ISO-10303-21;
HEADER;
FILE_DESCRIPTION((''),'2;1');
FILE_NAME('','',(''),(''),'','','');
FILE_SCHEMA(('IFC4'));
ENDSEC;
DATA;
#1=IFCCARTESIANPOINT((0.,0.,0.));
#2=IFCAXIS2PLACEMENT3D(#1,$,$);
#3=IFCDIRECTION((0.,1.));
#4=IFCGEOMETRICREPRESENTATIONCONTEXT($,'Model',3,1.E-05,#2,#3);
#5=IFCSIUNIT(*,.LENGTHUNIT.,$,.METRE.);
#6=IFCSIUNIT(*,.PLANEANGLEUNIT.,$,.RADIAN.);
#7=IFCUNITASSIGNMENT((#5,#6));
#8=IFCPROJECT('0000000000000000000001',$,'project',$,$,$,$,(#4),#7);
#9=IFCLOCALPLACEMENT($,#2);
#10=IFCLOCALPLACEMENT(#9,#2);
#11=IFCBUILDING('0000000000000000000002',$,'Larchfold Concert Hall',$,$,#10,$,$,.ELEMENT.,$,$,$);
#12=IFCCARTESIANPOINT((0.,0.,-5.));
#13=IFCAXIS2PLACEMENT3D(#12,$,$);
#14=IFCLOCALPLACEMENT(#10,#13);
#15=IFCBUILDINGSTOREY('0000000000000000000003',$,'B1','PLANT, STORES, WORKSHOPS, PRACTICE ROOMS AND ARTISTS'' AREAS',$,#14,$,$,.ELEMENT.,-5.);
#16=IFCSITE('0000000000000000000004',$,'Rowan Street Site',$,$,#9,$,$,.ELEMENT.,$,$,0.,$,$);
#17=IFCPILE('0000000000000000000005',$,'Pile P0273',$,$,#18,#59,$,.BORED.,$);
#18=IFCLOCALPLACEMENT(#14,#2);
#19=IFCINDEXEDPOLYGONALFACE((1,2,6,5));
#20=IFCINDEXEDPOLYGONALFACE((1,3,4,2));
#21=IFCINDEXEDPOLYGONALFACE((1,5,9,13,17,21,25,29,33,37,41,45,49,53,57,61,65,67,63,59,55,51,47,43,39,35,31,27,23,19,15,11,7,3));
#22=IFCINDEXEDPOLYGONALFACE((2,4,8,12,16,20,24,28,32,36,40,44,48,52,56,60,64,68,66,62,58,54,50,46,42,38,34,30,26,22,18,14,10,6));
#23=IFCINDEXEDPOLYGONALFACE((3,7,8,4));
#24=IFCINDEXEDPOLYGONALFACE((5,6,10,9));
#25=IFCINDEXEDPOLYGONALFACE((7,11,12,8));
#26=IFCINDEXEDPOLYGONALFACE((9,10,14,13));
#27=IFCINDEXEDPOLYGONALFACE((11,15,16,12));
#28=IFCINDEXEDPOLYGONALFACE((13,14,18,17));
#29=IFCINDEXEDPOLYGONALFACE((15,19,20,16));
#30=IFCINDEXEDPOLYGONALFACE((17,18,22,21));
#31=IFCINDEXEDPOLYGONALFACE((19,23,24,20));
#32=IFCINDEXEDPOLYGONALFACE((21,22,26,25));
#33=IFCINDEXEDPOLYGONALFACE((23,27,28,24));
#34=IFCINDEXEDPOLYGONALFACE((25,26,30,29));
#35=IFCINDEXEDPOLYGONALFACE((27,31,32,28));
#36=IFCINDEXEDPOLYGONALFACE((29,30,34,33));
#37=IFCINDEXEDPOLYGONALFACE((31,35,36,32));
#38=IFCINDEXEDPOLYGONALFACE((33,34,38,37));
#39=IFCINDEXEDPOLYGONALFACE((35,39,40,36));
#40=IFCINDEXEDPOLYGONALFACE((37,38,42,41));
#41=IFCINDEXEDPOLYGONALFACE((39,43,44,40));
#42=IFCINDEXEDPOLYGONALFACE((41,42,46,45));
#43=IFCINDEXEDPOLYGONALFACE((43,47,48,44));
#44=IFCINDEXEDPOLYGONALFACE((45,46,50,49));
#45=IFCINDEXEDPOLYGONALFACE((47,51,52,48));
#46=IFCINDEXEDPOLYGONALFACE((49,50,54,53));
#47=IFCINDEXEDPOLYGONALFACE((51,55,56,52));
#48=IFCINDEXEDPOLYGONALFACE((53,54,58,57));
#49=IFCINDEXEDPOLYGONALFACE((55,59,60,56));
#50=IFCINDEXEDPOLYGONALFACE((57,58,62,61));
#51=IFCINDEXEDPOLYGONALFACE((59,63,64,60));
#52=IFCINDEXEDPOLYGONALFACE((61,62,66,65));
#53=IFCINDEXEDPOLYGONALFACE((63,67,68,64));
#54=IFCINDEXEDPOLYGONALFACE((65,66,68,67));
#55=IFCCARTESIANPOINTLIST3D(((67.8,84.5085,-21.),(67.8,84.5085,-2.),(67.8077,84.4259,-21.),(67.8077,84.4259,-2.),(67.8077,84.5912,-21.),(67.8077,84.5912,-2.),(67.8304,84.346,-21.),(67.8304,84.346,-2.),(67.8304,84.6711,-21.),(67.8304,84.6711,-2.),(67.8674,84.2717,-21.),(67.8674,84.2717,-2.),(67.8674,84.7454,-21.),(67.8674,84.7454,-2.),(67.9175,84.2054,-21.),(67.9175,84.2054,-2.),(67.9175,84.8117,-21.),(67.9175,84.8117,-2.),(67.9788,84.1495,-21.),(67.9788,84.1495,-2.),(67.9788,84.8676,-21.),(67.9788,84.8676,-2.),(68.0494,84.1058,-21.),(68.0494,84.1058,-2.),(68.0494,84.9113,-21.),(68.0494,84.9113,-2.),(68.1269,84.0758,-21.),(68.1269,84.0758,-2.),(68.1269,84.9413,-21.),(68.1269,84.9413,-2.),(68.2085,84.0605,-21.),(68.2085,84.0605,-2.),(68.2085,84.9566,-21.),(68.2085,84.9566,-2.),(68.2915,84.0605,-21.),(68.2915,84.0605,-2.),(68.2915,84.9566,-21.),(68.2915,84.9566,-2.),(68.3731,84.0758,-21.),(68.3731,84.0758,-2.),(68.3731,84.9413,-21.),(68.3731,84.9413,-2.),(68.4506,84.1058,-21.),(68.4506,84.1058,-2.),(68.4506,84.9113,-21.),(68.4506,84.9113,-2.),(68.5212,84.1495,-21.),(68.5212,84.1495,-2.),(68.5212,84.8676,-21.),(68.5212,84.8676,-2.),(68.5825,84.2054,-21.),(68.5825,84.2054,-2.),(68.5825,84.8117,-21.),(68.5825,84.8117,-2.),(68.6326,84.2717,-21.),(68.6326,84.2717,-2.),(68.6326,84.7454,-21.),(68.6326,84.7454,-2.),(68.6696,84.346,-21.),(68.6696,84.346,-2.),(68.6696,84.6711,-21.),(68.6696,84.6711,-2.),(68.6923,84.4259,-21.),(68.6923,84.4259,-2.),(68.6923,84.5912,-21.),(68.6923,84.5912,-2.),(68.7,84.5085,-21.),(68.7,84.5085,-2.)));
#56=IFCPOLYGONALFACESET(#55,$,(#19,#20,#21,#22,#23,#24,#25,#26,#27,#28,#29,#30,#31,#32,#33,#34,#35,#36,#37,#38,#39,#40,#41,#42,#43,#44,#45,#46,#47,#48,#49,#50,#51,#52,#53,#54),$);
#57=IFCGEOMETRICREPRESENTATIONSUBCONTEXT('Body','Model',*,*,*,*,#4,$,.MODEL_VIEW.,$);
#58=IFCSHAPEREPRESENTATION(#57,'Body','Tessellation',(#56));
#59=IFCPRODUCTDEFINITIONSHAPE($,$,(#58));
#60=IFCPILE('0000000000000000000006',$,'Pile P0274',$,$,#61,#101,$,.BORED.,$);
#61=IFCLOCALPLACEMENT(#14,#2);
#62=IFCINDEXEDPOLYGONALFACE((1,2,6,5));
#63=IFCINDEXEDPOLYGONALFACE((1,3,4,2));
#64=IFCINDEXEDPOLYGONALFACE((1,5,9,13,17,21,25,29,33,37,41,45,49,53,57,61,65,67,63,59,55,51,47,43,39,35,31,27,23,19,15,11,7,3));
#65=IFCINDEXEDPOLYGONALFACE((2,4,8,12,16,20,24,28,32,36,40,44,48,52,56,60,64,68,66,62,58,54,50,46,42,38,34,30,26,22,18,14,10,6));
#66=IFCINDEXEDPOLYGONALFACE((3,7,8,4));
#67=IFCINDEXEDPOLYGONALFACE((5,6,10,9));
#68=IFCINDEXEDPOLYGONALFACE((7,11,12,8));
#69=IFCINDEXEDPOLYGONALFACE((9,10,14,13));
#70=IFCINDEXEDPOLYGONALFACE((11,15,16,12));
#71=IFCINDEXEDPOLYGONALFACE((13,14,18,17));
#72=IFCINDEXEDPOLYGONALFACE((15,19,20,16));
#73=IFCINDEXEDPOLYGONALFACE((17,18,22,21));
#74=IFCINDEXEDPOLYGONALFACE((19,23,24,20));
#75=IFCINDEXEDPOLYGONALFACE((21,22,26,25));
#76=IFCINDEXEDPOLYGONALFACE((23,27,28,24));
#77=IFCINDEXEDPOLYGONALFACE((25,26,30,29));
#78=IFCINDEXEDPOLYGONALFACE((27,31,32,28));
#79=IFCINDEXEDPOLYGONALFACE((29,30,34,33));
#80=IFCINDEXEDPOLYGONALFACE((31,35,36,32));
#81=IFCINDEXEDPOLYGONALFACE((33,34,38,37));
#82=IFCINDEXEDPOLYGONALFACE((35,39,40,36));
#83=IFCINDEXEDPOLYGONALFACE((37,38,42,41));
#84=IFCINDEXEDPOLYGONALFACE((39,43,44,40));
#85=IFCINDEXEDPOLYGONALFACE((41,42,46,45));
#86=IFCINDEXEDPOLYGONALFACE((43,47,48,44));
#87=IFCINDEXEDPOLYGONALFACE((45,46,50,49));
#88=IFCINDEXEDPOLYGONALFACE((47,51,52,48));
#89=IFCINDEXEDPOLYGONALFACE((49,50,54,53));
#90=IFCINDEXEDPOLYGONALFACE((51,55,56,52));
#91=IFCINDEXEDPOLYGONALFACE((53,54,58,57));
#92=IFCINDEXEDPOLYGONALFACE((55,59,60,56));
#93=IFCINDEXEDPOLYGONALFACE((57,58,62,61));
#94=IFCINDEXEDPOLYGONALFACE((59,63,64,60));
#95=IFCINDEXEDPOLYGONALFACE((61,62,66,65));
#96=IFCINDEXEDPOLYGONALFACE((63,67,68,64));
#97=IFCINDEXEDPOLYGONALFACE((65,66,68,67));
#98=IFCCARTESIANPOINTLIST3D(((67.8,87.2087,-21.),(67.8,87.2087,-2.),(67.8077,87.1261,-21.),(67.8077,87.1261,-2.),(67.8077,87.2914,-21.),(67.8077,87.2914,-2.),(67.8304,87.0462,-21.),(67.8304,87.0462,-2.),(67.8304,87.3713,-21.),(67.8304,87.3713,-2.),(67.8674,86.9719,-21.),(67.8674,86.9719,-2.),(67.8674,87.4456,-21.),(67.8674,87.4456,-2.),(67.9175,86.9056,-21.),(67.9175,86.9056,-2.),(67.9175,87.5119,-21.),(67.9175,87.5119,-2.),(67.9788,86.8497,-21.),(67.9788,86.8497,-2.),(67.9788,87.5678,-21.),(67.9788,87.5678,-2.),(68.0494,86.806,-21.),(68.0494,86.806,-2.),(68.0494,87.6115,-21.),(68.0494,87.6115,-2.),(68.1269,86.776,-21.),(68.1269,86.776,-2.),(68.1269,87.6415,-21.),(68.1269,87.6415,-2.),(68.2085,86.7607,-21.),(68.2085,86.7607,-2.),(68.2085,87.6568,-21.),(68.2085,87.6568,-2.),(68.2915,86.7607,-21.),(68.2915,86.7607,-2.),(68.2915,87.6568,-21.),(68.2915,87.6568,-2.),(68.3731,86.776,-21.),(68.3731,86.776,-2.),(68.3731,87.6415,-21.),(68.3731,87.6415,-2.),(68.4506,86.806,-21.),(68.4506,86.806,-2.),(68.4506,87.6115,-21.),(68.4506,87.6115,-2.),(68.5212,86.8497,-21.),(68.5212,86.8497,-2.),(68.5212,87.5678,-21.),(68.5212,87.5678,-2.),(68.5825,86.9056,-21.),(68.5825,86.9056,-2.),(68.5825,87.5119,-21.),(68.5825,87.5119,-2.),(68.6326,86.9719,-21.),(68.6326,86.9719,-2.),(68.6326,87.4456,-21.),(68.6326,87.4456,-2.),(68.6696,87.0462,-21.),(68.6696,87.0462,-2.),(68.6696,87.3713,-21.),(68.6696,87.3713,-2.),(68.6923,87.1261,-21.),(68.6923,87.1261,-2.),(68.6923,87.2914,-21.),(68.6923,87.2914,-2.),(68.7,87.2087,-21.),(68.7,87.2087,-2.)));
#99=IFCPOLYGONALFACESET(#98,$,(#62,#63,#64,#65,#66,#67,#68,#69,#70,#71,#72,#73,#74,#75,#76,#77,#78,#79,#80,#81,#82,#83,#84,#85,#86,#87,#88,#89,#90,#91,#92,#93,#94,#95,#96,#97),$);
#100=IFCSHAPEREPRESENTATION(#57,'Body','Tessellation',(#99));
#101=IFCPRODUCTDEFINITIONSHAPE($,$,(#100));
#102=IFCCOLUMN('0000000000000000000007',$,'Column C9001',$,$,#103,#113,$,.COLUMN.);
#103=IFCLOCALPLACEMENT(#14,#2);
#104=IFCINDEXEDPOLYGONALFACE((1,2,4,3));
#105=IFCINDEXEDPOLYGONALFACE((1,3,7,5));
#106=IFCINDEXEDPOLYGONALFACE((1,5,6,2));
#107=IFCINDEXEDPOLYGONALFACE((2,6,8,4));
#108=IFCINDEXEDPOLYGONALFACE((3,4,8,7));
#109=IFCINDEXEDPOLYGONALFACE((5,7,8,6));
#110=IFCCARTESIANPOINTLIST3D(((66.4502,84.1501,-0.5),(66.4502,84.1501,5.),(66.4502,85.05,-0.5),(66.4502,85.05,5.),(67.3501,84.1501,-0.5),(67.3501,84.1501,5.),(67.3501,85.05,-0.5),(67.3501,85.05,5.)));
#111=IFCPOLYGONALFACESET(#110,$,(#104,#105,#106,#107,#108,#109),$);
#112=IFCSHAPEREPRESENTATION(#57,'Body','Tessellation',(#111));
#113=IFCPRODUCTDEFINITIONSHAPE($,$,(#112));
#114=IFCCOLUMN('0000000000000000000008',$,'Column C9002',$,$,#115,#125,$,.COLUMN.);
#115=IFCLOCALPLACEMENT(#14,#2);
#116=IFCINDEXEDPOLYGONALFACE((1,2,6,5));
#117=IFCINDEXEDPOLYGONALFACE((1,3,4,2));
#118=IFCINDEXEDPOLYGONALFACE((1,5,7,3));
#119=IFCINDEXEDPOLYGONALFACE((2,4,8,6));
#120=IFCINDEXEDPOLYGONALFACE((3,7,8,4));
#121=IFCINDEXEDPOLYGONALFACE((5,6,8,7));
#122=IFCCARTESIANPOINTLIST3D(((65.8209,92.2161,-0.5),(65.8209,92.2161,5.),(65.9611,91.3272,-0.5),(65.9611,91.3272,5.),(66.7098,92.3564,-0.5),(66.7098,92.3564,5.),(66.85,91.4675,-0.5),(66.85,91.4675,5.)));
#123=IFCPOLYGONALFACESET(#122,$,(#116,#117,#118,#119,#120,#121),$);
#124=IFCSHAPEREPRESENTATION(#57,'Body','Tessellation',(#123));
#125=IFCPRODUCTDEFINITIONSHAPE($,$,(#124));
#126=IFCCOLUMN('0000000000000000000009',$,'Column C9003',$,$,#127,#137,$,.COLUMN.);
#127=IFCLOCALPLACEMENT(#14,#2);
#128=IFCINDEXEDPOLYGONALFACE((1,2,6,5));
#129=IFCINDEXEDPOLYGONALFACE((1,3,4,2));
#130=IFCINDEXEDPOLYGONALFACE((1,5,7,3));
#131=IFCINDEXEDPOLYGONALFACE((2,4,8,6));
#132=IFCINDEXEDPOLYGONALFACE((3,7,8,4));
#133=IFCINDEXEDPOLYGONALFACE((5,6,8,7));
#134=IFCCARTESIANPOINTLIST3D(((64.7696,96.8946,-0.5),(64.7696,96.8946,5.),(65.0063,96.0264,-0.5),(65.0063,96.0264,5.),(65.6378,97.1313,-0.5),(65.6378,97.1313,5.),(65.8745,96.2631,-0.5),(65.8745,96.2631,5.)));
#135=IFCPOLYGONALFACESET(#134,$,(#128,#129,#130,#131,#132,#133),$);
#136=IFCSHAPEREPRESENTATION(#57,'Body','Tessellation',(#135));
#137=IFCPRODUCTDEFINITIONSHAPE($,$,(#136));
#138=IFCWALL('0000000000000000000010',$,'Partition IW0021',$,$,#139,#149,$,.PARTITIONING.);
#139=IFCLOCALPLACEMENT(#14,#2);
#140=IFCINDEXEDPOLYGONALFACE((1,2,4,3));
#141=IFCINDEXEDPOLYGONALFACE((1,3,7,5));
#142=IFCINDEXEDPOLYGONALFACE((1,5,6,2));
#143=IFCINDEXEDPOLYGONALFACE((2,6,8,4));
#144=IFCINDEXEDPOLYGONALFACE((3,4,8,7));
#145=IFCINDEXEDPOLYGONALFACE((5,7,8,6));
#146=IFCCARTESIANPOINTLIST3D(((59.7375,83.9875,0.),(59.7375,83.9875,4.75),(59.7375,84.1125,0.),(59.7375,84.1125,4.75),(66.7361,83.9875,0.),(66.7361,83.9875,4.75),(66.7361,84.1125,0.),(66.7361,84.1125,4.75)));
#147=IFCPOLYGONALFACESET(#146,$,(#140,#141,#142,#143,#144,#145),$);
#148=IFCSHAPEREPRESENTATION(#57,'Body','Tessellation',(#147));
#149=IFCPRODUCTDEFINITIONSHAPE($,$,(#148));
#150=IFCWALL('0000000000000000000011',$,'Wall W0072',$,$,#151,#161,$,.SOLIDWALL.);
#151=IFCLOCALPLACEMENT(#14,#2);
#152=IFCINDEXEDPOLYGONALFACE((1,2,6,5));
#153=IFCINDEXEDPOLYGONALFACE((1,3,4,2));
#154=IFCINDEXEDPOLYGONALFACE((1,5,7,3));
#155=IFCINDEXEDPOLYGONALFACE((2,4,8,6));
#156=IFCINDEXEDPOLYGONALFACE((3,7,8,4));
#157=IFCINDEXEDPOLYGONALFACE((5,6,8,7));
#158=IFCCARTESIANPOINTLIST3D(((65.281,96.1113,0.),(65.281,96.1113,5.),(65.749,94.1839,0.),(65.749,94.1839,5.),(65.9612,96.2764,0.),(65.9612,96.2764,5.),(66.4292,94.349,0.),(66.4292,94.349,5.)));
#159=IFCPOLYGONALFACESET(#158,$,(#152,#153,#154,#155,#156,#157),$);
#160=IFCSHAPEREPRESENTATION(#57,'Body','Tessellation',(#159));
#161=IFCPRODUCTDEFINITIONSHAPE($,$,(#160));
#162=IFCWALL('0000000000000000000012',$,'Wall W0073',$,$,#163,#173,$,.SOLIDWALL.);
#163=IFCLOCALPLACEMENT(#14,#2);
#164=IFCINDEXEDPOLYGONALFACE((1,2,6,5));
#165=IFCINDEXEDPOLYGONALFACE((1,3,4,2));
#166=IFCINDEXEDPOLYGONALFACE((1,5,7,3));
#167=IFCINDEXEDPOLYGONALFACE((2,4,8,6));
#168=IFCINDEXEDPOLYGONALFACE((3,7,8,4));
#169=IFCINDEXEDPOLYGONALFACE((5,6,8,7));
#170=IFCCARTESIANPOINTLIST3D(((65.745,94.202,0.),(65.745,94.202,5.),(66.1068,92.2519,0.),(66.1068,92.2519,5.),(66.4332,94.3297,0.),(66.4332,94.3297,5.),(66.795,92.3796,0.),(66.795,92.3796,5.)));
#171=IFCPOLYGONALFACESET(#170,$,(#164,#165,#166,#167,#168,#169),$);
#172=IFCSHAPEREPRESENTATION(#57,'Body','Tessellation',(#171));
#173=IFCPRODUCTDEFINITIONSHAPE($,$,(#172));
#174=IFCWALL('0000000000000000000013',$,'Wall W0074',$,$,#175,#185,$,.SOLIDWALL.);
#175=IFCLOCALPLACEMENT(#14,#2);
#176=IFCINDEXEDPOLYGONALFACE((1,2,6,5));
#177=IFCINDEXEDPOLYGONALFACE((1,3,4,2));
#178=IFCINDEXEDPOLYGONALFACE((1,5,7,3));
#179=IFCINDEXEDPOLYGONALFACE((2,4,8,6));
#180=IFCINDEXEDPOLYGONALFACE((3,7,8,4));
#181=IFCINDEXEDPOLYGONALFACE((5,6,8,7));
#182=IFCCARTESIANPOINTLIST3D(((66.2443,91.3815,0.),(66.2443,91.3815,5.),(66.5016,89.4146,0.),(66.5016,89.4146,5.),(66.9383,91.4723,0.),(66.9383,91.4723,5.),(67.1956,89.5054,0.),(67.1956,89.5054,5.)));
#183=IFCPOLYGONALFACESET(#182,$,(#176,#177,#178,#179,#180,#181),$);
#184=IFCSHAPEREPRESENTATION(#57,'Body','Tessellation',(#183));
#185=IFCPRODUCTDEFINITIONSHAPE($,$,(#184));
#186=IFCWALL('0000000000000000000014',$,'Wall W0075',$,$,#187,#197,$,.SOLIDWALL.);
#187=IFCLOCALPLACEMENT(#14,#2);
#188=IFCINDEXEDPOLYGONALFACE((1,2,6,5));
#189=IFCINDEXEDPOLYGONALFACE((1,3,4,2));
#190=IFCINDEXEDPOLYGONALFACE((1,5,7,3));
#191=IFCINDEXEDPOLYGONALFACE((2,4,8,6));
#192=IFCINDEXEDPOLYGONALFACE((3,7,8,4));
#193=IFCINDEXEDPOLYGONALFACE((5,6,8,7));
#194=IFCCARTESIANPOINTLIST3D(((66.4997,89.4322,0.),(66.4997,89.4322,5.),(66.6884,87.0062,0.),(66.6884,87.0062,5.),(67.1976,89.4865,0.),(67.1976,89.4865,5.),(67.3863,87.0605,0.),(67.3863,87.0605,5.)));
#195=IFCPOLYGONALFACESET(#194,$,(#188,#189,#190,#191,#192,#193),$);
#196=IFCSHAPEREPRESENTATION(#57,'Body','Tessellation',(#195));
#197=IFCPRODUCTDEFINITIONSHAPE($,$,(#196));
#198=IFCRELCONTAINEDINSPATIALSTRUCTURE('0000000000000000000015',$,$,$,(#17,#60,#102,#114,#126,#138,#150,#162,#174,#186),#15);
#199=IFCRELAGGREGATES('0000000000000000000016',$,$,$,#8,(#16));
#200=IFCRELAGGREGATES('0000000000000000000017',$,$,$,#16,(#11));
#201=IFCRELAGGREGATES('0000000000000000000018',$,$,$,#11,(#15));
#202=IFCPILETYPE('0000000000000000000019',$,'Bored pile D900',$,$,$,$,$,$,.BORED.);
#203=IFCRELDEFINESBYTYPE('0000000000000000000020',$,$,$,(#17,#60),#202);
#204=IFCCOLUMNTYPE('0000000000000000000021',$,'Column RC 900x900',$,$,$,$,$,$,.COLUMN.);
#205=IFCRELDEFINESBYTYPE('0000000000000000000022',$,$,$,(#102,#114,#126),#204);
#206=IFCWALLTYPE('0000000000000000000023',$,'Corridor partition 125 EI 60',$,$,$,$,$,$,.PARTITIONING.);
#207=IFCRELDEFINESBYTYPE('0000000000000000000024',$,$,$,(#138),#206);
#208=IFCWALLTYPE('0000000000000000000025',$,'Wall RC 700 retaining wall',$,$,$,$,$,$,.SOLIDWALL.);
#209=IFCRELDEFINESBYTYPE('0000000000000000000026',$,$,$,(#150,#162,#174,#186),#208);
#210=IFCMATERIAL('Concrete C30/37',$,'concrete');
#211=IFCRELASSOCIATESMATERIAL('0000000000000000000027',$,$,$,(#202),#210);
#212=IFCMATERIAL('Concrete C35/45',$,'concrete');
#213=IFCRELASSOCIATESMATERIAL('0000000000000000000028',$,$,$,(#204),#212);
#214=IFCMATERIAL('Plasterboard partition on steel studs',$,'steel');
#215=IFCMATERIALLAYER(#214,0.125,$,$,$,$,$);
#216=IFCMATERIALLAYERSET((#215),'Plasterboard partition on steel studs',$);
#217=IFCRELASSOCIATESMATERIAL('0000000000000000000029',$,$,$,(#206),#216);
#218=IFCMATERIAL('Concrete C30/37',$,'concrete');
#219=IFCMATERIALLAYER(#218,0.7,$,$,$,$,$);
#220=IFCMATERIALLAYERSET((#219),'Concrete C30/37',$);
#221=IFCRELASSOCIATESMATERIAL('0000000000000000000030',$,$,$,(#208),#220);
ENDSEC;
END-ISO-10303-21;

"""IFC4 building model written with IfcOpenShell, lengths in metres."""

from ifc_helpers import new_model, si_unit, direction, frame, frame_2d, origin, origin_2d, place, context, subcontext, project, spatial, rectangle, circle, extrude, material, layer, layer_set, material_profile, profile_set, type_object, element, save


model = new_model("IFC4")

# Units and contexts
model_context = context("Model", 3, precision=1e-05, world=origin(), true_north=direction((0.0, 1.0)))
body_context = subcontext(model_context, "Body", "Model", "MODEL_VIEW")
ifc_project = project(units=[si_unit("LENGTHUNIT", "METRE"), si_unit("PLANEANGLEUNIT", "RADIAN")], contexts=[model_context])

# Site, building, storey
site_placement = place(None, origin())
site = spatial("IfcSite", under=ifc_project, at=site_placement, Name="Rowan Street Site", CompositionType="ELEMENT", RefElevation=0.0)
building_placement = place(site_placement, origin())
building = spatial("IfcBuilding", under=site, at=building_placement, Name="Larchfold Concert Hall", CompositionType="ELEMENT")
storey_placement = place(building_placement, frame((0.0, 0.0, -5.0)))
storey = spatial("IfcBuildingStorey", under=building, at=storey_placement, Name="B1", Description="PLANT, STORES, WORKSHOPS, PRACTICE ROOMS AND ARTISTS' AREAS", CompositionType="ELEMENT", Elevation=-5.0)

# Piles
ifc_material_1 = material(Name="Concrete C30/37", Category="concrete")
ifc_material_profile_1 = material_profile(ifc_material_1, circle(Radius=0.45, at=origin_2d()))
ifc_profile_set_1 = profile_set([ifc_material_profile_1], Name="Concrete C30/37")
pile_type = type_object("IfcPileType", Name="Bored pile D900", PredefinedType="BORED", material=ifc_profile_set_1)
for number, where, z_axis, x_axis, name in (
    (1, (68.25, 84.5085, -2.0), (0.0, 0.0, -1.0), (1.0, 0.0, 0.0), "Pile P0273"),
    (2, (68.25, 87.2087, -2.0), (0.0, 0.0, -1.0), (1.0, 0.0, 0.0), "Pile P0274"),
):
    element("IfcPile", number, at=place(storey_placement, frame(where, z_axis=z_axis, x_axis=x_axis)), inside=storey, type_object=pile_type, Name=name, PredefinedType="BORED", context=body_context, shape_type="SweptSolid", body=[
        extrude(circle(Radius=0.45, at=origin_2d()), origin(), (0.0, 0.0, 1.0), 19.0),
    ])

# Columns
ifc_material_2 = material(Name="Concrete C35/45", Category="concrete")
ifc_material_profile_2 = material_profile(ifc_material_2, rectangle(XDim=0.8999, YDim=0.8999, at=origin_2d()))
ifc_profile_set_2 = profile_set([ifc_material_profile_2], Name="Concrete C35/45")
column_type = type_object("IfcColumnType", Name="Column RC 900x900", PredefinedType="COLUMN", material=ifc_profile_set_2)
for number, where, z_axis, x_axis, name in (
    (3, (66.9001, 84.6001, -0.5), (0.0, 0.0, 1.0), (1.0, 0.000002, 0.0), "Column C9001"),
    (4, (66.3354, 91.8418, -0.5), (0.0, 0.0, 1.0), (0.987778, 0.155867, 0.0), "Column C9002"),
    (5, (65.322, 96.5789, -0.5), (0.0, 0.0, 1.0), (0.964788, 0.263028, 0.0), "Column C9003"),
):
    element("IfcColumn", number, at=place(storey_placement, frame(where, z_axis=z_axis, x_axis=x_axis)), inside=storey, type_object=column_type, Name=name, PredefinedType="COLUMN", context=body_context, shape_type="SweptSolid", body=[
        extrude(rectangle(XDim=0.8999, YDim=0.8999, at=origin_2d()), origin(), (0.0, 0.0, 1.0), 5.5),
    ])

# Walls
ifc_material_3 = material(Name="Plasterboard partition on steel studs", Category="steel")
ifc_layer_1 = layer(ifc_material_3, 0.125)
ifc_layer_set_1 = layer_set([ifc_layer_1], Name="Plasterboard partition on steel studs")
wall_type_1 = type_object("IfcWallType", Name="Corridor partition 125 EI 60", PredefinedType="PARTITIONING", material=ifc_layer_set_1)
wall_1_placement = place(storey_placement, frame((66.7361, 84.05, 0.0), z_axis=(0.0, 0.0, 1.0), x_axis=(-1.0, 0.0, 0.0)))
element("IfcWall", 6, at=wall_1_placement, inside=storey, type_object=wall_type_1, Name="Partition IW0021", PredefinedType="PARTITIONING", context=body_context, shape_type="SweptSolid", body=[
    extrude(rectangle(XDim=6.9985, YDim=0.125, at=frame_2d((3.4993, 0.0))), origin(), (0.0, 0.0, 1.0), 4.75),
])
ifc_material_4 = material(Name="Concrete C30/37", Category="concrete")
ifc_layer_2 = layer(ifc_material_4, 0.7)
ifc_layer_set_2 = layer_set([ifc_layer_2], Name="Concrete C30/37")
wall_type_2 = type_object("IfcWallType", Name="Wall RC 700 retaining wall", PredefinedType="SOLIDWALL", material=ifc_layer_set_2)
for number, where, z_axis, x_axis, name in (
    (7, (65.6211, 96.1938, 0.0), (0.0, 0.0, 1.0), (0.235956, -0.971764, 0.0), "Wall W0072"),
    (8, (66.0891, 94.2659, 0.0), (0.0, 0.0, 1.0), (0.182415, -0.983222, 0.0), "Wall W0073"),
):
    element("IfcWall", number, at=place(storey_placement, frame(where, z_axis=z_axis, x_axis=x_axis)), inside=storey, type_object=wall_type_2, Name=name, PredefinedType="SOLIDWALL", context=body_context, shape_type="SweptSolid", body=[
        extrude(rectangle(XDim=1.9834, YDim=0.7, at=frame_2d((0.9917, 0.0))), origin(), (0.0, 0.0, 1.0), 5.0),
    ])
wall_2_placement = place(storey_placement, frame((66.5913, 91.4268, 0.0), z_axis=(0.0, 0.0, 1.0), x_axis=(0.129729, -0.99155, 0.0)))
element("IfcWall", 9, at=wall_2_placement, inside=storey, type_object=wall_type_2, Name="Wall W0074", PredefinedType="SOLIDWALL", context=body_context, shape_type="SweptSolid", body=[
    extrude(rectangle(XDim=1.9836, YDim=0.7, at=frame_2d((0.9917, 0.0))), origin(), (0.0, 0.0, 1.0), 5.0),
])
wall_3_placement = place(storey_placement, frame((66.8486, 89.4595, 0.0), z_axis=(0.0, 0.0, 1.0), x_axis=(0.077556, -0.996988, 0.0)))
element("IfcWall", 10, at=wall_3_placement, inside=storey, type_object=wall_type_2, Name="Wall W0075", PredefinedType="SOLIDWALL", context=body_context, shape_type="SweptSolid", body=[
    extrude(rectangle(XDim=2.4333, YDim=0.7, at=frame_2d((1.2168, 0.0))), origin(), (0.0, 0.0, 1.0), 5.0),
])

save(model, "model.ifc")
